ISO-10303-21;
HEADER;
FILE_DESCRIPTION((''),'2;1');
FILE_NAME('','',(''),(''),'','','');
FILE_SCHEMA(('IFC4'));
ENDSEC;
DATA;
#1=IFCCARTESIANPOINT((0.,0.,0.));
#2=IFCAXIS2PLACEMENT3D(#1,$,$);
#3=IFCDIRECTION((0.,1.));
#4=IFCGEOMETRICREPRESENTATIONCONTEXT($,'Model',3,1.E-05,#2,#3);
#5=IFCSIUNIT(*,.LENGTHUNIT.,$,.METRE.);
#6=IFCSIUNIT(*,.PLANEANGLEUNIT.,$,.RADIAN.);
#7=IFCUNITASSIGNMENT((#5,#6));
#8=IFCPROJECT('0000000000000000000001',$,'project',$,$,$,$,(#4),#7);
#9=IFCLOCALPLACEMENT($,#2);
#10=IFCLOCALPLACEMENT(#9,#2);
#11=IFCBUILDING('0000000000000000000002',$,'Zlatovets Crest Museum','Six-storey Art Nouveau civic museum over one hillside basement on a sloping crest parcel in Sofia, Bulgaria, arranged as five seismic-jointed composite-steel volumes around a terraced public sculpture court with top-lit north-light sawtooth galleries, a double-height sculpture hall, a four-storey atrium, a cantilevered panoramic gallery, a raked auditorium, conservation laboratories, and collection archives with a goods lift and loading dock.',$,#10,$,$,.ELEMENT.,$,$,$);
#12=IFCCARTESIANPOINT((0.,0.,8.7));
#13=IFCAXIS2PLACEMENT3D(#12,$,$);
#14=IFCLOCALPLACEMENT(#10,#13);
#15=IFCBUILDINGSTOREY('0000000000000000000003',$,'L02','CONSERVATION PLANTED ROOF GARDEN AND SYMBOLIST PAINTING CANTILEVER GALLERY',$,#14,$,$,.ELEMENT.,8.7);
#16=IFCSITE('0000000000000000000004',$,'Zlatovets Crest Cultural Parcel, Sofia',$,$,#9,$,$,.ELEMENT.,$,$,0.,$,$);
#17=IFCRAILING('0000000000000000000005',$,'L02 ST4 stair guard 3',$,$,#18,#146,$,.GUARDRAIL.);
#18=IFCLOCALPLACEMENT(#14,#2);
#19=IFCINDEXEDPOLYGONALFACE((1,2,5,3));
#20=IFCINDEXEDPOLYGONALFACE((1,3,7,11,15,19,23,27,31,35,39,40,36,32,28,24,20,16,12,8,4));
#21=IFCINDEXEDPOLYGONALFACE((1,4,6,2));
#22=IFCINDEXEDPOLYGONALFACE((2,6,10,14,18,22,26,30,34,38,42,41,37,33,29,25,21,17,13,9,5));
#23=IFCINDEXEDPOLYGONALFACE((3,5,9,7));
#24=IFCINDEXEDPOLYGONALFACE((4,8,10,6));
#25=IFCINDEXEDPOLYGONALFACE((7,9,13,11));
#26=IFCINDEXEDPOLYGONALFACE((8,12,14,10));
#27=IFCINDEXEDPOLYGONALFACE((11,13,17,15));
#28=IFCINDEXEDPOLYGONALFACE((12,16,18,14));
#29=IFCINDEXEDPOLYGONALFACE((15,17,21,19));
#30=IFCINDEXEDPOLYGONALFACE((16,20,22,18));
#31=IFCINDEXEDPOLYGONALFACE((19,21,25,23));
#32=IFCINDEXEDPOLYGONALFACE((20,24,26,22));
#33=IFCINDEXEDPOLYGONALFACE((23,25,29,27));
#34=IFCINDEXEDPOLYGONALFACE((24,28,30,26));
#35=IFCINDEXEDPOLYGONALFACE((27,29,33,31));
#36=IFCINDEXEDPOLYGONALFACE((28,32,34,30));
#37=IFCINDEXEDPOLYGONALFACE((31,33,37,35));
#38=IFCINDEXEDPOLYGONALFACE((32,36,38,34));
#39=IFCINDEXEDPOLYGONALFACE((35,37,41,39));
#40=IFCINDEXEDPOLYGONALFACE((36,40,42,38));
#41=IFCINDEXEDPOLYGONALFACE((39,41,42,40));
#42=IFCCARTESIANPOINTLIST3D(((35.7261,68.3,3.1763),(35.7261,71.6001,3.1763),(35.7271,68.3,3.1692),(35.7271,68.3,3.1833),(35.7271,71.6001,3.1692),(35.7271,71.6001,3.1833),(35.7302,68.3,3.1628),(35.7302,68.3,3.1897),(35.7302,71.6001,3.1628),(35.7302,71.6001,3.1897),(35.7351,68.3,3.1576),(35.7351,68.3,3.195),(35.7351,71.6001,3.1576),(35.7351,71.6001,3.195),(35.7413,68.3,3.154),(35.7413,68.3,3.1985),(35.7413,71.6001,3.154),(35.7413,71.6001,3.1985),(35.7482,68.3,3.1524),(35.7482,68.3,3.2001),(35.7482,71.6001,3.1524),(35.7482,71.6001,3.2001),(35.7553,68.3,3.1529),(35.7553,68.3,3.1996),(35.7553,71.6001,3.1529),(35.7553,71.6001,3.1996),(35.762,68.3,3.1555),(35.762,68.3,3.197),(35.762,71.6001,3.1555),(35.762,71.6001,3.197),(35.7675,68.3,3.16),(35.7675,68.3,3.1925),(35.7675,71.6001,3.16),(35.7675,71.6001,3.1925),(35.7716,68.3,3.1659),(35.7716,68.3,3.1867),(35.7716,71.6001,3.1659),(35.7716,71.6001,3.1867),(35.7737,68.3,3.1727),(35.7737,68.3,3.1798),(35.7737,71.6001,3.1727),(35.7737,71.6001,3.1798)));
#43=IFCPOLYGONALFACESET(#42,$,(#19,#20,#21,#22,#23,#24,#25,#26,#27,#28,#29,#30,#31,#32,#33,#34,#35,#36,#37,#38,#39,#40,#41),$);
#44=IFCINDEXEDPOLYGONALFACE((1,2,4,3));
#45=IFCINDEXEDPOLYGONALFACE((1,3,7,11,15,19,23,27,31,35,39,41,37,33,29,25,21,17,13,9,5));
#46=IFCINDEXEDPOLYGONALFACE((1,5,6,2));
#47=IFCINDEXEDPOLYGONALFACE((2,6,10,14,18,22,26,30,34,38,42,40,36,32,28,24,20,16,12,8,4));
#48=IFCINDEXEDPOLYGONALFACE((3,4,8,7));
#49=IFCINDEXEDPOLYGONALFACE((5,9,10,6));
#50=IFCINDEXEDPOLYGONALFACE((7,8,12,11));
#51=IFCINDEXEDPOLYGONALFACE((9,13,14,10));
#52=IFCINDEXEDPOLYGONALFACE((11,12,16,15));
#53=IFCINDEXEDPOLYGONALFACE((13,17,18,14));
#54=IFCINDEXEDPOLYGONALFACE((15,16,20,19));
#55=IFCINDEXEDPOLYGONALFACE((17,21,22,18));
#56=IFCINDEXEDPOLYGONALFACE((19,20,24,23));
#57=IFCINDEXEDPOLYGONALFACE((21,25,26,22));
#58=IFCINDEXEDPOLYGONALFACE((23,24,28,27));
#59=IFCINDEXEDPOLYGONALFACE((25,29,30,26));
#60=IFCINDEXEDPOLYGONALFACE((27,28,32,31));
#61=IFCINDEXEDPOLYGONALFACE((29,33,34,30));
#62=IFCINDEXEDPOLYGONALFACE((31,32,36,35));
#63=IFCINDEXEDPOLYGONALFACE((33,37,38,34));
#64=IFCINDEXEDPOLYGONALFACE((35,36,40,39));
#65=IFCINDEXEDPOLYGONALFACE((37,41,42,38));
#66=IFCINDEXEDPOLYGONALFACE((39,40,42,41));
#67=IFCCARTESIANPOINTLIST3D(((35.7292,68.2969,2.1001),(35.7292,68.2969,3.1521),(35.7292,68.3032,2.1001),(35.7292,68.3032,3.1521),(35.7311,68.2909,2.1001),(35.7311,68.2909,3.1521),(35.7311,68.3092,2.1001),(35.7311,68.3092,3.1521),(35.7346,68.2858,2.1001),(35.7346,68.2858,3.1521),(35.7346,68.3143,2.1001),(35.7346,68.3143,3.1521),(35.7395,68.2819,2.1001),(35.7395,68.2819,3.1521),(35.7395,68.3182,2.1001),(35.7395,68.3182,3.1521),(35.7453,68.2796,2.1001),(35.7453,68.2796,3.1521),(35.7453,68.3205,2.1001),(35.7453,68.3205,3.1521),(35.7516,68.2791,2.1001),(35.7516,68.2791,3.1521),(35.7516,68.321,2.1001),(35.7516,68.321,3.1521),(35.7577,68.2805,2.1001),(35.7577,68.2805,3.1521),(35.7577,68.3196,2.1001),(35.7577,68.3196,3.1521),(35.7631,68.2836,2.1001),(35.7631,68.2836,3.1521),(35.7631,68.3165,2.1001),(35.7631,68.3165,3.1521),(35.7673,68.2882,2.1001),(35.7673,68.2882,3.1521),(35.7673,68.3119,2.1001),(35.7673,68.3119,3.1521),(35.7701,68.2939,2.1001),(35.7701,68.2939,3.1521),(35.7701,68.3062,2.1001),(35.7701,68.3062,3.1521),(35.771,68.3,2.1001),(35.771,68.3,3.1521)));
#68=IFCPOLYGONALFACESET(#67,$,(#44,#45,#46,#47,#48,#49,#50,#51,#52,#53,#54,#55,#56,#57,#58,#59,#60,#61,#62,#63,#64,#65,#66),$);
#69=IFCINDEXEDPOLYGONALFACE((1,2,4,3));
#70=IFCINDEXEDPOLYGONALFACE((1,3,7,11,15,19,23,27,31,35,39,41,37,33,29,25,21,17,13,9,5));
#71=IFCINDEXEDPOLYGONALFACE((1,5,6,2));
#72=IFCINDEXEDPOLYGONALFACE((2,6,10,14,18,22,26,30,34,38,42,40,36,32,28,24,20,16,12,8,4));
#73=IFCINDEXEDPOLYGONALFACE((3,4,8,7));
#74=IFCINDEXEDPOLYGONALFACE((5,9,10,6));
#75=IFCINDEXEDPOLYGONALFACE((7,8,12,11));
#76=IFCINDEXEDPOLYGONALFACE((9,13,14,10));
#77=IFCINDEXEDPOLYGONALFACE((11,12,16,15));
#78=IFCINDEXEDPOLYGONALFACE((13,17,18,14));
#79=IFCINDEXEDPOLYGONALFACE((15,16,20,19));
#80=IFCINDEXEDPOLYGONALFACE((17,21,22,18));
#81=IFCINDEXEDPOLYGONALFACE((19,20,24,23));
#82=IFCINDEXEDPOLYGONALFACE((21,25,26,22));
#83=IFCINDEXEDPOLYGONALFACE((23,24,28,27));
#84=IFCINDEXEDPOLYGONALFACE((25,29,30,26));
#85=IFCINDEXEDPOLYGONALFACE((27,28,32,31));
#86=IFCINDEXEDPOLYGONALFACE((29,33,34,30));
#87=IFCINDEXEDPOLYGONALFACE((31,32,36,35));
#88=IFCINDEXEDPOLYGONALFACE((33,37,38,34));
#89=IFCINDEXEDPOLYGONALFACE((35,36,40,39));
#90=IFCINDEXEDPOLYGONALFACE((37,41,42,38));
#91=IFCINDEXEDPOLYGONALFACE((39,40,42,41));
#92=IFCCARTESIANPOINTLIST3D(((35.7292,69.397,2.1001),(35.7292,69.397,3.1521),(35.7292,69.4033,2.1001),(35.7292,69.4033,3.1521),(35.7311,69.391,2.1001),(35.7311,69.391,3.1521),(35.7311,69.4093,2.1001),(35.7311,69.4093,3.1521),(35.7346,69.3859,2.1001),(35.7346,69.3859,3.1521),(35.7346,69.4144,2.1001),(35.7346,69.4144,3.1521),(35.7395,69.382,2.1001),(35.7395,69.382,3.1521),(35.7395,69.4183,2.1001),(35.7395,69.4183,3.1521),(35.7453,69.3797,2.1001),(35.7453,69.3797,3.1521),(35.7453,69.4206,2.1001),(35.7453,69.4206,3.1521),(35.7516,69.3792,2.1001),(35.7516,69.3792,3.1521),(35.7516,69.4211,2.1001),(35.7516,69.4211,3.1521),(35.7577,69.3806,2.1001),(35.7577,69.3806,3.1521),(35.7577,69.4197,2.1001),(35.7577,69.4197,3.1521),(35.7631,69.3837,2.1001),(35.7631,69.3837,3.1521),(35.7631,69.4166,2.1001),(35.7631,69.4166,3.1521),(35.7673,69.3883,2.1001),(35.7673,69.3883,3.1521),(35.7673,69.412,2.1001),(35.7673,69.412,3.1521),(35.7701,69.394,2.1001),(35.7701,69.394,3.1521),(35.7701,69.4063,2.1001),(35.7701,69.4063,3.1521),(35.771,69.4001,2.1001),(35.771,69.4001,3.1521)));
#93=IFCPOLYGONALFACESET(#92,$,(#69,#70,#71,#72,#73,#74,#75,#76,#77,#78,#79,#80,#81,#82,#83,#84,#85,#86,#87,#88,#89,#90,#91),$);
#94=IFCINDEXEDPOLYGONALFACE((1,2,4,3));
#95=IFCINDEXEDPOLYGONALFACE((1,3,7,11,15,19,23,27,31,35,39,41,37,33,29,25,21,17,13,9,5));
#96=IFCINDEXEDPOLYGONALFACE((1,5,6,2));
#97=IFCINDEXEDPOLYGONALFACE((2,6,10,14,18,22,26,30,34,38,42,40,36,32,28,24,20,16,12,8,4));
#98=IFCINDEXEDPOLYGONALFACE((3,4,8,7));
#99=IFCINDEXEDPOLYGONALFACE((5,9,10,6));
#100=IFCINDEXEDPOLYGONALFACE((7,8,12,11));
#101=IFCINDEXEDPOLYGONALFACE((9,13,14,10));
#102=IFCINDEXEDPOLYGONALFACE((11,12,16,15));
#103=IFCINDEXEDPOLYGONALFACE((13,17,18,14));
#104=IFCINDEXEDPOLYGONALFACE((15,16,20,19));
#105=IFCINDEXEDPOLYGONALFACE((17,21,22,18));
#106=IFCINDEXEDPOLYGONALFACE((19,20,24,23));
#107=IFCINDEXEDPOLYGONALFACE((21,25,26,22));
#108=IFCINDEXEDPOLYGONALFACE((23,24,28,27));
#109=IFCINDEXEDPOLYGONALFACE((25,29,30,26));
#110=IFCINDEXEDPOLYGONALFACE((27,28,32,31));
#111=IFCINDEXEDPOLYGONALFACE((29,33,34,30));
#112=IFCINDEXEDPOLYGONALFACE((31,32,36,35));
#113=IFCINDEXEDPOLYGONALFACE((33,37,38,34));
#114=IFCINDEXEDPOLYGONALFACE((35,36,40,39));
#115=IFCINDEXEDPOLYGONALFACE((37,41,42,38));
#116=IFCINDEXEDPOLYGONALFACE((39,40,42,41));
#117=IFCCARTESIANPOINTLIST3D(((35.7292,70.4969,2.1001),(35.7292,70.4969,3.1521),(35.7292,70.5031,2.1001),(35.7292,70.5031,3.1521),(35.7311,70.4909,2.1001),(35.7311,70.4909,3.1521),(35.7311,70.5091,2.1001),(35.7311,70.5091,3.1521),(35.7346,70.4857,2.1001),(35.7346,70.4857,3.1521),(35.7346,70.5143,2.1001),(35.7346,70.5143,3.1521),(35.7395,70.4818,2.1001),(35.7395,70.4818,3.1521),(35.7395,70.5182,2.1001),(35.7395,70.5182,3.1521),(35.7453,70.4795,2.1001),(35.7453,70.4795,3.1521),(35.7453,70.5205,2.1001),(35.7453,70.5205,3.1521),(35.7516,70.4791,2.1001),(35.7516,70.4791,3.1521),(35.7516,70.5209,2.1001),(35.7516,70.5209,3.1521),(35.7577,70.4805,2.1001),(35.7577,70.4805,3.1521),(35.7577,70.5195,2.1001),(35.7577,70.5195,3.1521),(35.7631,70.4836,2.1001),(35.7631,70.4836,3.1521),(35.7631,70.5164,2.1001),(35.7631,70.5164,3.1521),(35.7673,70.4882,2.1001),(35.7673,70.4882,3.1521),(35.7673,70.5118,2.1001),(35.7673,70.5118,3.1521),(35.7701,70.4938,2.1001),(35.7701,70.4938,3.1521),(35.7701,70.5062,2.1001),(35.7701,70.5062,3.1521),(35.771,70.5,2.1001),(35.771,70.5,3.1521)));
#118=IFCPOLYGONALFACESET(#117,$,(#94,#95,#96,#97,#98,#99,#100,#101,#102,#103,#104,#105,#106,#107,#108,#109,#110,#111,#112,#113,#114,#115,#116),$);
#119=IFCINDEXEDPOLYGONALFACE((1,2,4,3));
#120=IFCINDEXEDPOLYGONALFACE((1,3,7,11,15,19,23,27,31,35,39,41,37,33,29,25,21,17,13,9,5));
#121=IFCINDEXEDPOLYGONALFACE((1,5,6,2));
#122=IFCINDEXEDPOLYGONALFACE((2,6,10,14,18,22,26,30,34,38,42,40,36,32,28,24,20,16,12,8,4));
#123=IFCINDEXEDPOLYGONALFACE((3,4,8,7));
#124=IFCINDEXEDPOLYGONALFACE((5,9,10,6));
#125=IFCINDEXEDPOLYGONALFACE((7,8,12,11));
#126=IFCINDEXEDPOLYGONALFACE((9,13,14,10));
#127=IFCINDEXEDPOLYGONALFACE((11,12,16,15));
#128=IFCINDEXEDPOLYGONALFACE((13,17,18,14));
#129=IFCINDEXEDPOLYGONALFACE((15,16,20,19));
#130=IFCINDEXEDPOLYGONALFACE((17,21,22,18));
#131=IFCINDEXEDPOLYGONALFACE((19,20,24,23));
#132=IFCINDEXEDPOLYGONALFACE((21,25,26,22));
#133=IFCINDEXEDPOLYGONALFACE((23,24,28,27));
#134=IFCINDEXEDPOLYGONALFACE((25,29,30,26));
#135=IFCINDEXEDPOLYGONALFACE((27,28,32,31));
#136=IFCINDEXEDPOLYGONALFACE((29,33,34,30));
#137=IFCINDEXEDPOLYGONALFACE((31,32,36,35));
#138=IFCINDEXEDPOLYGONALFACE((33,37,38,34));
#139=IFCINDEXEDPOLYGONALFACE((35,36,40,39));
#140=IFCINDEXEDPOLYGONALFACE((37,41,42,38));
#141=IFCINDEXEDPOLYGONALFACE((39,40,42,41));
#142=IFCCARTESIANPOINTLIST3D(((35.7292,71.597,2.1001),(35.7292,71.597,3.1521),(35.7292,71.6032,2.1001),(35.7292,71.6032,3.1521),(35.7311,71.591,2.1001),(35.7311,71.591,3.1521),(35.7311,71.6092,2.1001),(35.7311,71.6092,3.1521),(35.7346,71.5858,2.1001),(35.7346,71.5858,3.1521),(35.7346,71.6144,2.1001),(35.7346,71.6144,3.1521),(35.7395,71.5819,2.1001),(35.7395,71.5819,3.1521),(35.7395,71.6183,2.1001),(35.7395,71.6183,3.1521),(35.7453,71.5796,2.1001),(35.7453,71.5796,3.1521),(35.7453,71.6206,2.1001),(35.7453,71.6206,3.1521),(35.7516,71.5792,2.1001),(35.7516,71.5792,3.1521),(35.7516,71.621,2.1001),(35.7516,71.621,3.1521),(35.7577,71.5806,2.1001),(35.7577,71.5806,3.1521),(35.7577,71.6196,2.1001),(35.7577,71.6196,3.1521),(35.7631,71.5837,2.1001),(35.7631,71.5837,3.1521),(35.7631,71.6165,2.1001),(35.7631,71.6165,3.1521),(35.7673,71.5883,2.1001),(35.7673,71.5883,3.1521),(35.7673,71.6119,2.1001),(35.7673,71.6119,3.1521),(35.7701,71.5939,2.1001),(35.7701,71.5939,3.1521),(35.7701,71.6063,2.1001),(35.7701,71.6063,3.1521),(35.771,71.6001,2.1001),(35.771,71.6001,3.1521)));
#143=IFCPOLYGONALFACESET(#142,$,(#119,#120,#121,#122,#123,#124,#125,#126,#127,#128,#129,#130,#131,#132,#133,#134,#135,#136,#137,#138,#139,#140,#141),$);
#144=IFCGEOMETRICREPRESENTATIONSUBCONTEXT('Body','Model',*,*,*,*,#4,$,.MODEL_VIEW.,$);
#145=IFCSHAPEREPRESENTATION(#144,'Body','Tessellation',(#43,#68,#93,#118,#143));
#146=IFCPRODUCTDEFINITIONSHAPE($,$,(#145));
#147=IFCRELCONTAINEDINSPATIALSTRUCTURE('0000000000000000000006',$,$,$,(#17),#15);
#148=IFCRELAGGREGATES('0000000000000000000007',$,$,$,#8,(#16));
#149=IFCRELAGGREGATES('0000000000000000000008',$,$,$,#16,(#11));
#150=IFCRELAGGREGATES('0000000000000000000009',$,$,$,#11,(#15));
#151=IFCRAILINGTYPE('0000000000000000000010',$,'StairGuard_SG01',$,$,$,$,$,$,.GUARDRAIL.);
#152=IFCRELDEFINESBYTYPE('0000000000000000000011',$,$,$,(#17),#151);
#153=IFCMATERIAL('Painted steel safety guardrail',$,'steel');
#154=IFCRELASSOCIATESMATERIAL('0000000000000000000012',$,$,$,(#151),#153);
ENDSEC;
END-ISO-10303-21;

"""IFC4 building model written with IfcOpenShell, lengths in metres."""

from ifc_helpers import new_model, si_unit, direction, frame, origin, origin_2d, place, context, subcontext, project, spatial, circle, extrude, material, type_object, element, save


model = new_model("IFC4")

# Units and contexts
model_context = context("Model", 3, precision=1e-05, world=origin(), true_north=direction((0.0, 1.0)))
body_context = subcontext(model_context, "Body", "Model", "MODEL_VIEW")
ifc_project = project(units=[si_unit("LENGTHUNIT", "METRE"), si_unit("PLANEANGLEUNIT", "RADIAN")], contexts=[model_context])

# Site, building, storey
site_placement = place(None, origin())
site = spatial("IfcSite", under=ifc_project, at=site_placement, Name="Zlatovets Crest Cultural Parcel, Sofia", CompositionType="ELEMENT", RefElevation=0.0)
building_placement = place(site_placement, origin())
building = spatial("IfcBuilding", under=site, at=building_placement, Name="Zlatovets Crest Museum", Description="Six-storey Art Nouveau civic museum over one hillside basement on a sloping crest parcel in Sofia, Bulgaria, arranged as five seismic-jointed composite-steel volumes around a terraced public sculpture court with top-lit north-light sawtooth galleries, a double-height sculpture hall, a four-storey atrium, a cantilevered panoramic gallery, a raked auditorium, conservation laboratories, and collection archives with a goods lift and loading dock.", CompositionType="ELEMENT")
storey_placement = place(building_placement, frame((0.0, 0.0, 8.7)))
storey = spatial("IfcBuildingStorey", under=building, at=storey_placement, Name="L02", Description="CONSERVATION PLANTED ROOF GARDEN AND SYMBOLIST PAINTING CANTILEVER GALLERY", CompositionType="ELEMENT", Elevation=8.7)

# Railing
ifc_material_1 = material(Name="Painted steel safety guardrail", Category="steel")
railing_type_1 = type_object("IfcRailingType", Name="StairGuard_SG01", PredefinedType="GUARDRAIL", material=ifc_material_1)
for number, where, name in (
    (1, (35.75, 68.3, 2.1001), "L02 ST4 stair guard 3"),
):
    element("IfcRailing", number, at=place(storey_placement, frame(where)), inside=storey, type_object=railing_type_1, Name=name, PredefinedType="GUARDRAIL", context=body_context, shape_type="SweptSolid", body=[
        extrude(circle(Radius=0.0239, at=origin_2d()), frame((0.0, 0.0, 1.0762), z_axis=(0.0, 1.0, 0.0), x_axis=(-1.0, 0.0, 0.0)), (0.0, 0.0, 1.0), 3.3),
        extrude(circle(Radius=0.021, at=origin_2d()), origin(), (0.0, 0.0, 1.0), 1.052),
        extrude(circle(Radius=0.021, at=origin_2d()), frame((0.0, 1.1001, 0.0)), (0.0, 0.0, 1.0), 1.052),
        extrude(circle(Radius=0.021, at=origin_2d()), frame((0.0, 2.2, 0.0)), (0.0, 0.0, 1.0), 1.052),
        extrude(circle(Radius=0.021, at=origin_2d()), frame((0.0, 3.3, 0.0)), (0.0, 0.0, 1.0), 1.052),
    ])

save(model, "model.ifc")
